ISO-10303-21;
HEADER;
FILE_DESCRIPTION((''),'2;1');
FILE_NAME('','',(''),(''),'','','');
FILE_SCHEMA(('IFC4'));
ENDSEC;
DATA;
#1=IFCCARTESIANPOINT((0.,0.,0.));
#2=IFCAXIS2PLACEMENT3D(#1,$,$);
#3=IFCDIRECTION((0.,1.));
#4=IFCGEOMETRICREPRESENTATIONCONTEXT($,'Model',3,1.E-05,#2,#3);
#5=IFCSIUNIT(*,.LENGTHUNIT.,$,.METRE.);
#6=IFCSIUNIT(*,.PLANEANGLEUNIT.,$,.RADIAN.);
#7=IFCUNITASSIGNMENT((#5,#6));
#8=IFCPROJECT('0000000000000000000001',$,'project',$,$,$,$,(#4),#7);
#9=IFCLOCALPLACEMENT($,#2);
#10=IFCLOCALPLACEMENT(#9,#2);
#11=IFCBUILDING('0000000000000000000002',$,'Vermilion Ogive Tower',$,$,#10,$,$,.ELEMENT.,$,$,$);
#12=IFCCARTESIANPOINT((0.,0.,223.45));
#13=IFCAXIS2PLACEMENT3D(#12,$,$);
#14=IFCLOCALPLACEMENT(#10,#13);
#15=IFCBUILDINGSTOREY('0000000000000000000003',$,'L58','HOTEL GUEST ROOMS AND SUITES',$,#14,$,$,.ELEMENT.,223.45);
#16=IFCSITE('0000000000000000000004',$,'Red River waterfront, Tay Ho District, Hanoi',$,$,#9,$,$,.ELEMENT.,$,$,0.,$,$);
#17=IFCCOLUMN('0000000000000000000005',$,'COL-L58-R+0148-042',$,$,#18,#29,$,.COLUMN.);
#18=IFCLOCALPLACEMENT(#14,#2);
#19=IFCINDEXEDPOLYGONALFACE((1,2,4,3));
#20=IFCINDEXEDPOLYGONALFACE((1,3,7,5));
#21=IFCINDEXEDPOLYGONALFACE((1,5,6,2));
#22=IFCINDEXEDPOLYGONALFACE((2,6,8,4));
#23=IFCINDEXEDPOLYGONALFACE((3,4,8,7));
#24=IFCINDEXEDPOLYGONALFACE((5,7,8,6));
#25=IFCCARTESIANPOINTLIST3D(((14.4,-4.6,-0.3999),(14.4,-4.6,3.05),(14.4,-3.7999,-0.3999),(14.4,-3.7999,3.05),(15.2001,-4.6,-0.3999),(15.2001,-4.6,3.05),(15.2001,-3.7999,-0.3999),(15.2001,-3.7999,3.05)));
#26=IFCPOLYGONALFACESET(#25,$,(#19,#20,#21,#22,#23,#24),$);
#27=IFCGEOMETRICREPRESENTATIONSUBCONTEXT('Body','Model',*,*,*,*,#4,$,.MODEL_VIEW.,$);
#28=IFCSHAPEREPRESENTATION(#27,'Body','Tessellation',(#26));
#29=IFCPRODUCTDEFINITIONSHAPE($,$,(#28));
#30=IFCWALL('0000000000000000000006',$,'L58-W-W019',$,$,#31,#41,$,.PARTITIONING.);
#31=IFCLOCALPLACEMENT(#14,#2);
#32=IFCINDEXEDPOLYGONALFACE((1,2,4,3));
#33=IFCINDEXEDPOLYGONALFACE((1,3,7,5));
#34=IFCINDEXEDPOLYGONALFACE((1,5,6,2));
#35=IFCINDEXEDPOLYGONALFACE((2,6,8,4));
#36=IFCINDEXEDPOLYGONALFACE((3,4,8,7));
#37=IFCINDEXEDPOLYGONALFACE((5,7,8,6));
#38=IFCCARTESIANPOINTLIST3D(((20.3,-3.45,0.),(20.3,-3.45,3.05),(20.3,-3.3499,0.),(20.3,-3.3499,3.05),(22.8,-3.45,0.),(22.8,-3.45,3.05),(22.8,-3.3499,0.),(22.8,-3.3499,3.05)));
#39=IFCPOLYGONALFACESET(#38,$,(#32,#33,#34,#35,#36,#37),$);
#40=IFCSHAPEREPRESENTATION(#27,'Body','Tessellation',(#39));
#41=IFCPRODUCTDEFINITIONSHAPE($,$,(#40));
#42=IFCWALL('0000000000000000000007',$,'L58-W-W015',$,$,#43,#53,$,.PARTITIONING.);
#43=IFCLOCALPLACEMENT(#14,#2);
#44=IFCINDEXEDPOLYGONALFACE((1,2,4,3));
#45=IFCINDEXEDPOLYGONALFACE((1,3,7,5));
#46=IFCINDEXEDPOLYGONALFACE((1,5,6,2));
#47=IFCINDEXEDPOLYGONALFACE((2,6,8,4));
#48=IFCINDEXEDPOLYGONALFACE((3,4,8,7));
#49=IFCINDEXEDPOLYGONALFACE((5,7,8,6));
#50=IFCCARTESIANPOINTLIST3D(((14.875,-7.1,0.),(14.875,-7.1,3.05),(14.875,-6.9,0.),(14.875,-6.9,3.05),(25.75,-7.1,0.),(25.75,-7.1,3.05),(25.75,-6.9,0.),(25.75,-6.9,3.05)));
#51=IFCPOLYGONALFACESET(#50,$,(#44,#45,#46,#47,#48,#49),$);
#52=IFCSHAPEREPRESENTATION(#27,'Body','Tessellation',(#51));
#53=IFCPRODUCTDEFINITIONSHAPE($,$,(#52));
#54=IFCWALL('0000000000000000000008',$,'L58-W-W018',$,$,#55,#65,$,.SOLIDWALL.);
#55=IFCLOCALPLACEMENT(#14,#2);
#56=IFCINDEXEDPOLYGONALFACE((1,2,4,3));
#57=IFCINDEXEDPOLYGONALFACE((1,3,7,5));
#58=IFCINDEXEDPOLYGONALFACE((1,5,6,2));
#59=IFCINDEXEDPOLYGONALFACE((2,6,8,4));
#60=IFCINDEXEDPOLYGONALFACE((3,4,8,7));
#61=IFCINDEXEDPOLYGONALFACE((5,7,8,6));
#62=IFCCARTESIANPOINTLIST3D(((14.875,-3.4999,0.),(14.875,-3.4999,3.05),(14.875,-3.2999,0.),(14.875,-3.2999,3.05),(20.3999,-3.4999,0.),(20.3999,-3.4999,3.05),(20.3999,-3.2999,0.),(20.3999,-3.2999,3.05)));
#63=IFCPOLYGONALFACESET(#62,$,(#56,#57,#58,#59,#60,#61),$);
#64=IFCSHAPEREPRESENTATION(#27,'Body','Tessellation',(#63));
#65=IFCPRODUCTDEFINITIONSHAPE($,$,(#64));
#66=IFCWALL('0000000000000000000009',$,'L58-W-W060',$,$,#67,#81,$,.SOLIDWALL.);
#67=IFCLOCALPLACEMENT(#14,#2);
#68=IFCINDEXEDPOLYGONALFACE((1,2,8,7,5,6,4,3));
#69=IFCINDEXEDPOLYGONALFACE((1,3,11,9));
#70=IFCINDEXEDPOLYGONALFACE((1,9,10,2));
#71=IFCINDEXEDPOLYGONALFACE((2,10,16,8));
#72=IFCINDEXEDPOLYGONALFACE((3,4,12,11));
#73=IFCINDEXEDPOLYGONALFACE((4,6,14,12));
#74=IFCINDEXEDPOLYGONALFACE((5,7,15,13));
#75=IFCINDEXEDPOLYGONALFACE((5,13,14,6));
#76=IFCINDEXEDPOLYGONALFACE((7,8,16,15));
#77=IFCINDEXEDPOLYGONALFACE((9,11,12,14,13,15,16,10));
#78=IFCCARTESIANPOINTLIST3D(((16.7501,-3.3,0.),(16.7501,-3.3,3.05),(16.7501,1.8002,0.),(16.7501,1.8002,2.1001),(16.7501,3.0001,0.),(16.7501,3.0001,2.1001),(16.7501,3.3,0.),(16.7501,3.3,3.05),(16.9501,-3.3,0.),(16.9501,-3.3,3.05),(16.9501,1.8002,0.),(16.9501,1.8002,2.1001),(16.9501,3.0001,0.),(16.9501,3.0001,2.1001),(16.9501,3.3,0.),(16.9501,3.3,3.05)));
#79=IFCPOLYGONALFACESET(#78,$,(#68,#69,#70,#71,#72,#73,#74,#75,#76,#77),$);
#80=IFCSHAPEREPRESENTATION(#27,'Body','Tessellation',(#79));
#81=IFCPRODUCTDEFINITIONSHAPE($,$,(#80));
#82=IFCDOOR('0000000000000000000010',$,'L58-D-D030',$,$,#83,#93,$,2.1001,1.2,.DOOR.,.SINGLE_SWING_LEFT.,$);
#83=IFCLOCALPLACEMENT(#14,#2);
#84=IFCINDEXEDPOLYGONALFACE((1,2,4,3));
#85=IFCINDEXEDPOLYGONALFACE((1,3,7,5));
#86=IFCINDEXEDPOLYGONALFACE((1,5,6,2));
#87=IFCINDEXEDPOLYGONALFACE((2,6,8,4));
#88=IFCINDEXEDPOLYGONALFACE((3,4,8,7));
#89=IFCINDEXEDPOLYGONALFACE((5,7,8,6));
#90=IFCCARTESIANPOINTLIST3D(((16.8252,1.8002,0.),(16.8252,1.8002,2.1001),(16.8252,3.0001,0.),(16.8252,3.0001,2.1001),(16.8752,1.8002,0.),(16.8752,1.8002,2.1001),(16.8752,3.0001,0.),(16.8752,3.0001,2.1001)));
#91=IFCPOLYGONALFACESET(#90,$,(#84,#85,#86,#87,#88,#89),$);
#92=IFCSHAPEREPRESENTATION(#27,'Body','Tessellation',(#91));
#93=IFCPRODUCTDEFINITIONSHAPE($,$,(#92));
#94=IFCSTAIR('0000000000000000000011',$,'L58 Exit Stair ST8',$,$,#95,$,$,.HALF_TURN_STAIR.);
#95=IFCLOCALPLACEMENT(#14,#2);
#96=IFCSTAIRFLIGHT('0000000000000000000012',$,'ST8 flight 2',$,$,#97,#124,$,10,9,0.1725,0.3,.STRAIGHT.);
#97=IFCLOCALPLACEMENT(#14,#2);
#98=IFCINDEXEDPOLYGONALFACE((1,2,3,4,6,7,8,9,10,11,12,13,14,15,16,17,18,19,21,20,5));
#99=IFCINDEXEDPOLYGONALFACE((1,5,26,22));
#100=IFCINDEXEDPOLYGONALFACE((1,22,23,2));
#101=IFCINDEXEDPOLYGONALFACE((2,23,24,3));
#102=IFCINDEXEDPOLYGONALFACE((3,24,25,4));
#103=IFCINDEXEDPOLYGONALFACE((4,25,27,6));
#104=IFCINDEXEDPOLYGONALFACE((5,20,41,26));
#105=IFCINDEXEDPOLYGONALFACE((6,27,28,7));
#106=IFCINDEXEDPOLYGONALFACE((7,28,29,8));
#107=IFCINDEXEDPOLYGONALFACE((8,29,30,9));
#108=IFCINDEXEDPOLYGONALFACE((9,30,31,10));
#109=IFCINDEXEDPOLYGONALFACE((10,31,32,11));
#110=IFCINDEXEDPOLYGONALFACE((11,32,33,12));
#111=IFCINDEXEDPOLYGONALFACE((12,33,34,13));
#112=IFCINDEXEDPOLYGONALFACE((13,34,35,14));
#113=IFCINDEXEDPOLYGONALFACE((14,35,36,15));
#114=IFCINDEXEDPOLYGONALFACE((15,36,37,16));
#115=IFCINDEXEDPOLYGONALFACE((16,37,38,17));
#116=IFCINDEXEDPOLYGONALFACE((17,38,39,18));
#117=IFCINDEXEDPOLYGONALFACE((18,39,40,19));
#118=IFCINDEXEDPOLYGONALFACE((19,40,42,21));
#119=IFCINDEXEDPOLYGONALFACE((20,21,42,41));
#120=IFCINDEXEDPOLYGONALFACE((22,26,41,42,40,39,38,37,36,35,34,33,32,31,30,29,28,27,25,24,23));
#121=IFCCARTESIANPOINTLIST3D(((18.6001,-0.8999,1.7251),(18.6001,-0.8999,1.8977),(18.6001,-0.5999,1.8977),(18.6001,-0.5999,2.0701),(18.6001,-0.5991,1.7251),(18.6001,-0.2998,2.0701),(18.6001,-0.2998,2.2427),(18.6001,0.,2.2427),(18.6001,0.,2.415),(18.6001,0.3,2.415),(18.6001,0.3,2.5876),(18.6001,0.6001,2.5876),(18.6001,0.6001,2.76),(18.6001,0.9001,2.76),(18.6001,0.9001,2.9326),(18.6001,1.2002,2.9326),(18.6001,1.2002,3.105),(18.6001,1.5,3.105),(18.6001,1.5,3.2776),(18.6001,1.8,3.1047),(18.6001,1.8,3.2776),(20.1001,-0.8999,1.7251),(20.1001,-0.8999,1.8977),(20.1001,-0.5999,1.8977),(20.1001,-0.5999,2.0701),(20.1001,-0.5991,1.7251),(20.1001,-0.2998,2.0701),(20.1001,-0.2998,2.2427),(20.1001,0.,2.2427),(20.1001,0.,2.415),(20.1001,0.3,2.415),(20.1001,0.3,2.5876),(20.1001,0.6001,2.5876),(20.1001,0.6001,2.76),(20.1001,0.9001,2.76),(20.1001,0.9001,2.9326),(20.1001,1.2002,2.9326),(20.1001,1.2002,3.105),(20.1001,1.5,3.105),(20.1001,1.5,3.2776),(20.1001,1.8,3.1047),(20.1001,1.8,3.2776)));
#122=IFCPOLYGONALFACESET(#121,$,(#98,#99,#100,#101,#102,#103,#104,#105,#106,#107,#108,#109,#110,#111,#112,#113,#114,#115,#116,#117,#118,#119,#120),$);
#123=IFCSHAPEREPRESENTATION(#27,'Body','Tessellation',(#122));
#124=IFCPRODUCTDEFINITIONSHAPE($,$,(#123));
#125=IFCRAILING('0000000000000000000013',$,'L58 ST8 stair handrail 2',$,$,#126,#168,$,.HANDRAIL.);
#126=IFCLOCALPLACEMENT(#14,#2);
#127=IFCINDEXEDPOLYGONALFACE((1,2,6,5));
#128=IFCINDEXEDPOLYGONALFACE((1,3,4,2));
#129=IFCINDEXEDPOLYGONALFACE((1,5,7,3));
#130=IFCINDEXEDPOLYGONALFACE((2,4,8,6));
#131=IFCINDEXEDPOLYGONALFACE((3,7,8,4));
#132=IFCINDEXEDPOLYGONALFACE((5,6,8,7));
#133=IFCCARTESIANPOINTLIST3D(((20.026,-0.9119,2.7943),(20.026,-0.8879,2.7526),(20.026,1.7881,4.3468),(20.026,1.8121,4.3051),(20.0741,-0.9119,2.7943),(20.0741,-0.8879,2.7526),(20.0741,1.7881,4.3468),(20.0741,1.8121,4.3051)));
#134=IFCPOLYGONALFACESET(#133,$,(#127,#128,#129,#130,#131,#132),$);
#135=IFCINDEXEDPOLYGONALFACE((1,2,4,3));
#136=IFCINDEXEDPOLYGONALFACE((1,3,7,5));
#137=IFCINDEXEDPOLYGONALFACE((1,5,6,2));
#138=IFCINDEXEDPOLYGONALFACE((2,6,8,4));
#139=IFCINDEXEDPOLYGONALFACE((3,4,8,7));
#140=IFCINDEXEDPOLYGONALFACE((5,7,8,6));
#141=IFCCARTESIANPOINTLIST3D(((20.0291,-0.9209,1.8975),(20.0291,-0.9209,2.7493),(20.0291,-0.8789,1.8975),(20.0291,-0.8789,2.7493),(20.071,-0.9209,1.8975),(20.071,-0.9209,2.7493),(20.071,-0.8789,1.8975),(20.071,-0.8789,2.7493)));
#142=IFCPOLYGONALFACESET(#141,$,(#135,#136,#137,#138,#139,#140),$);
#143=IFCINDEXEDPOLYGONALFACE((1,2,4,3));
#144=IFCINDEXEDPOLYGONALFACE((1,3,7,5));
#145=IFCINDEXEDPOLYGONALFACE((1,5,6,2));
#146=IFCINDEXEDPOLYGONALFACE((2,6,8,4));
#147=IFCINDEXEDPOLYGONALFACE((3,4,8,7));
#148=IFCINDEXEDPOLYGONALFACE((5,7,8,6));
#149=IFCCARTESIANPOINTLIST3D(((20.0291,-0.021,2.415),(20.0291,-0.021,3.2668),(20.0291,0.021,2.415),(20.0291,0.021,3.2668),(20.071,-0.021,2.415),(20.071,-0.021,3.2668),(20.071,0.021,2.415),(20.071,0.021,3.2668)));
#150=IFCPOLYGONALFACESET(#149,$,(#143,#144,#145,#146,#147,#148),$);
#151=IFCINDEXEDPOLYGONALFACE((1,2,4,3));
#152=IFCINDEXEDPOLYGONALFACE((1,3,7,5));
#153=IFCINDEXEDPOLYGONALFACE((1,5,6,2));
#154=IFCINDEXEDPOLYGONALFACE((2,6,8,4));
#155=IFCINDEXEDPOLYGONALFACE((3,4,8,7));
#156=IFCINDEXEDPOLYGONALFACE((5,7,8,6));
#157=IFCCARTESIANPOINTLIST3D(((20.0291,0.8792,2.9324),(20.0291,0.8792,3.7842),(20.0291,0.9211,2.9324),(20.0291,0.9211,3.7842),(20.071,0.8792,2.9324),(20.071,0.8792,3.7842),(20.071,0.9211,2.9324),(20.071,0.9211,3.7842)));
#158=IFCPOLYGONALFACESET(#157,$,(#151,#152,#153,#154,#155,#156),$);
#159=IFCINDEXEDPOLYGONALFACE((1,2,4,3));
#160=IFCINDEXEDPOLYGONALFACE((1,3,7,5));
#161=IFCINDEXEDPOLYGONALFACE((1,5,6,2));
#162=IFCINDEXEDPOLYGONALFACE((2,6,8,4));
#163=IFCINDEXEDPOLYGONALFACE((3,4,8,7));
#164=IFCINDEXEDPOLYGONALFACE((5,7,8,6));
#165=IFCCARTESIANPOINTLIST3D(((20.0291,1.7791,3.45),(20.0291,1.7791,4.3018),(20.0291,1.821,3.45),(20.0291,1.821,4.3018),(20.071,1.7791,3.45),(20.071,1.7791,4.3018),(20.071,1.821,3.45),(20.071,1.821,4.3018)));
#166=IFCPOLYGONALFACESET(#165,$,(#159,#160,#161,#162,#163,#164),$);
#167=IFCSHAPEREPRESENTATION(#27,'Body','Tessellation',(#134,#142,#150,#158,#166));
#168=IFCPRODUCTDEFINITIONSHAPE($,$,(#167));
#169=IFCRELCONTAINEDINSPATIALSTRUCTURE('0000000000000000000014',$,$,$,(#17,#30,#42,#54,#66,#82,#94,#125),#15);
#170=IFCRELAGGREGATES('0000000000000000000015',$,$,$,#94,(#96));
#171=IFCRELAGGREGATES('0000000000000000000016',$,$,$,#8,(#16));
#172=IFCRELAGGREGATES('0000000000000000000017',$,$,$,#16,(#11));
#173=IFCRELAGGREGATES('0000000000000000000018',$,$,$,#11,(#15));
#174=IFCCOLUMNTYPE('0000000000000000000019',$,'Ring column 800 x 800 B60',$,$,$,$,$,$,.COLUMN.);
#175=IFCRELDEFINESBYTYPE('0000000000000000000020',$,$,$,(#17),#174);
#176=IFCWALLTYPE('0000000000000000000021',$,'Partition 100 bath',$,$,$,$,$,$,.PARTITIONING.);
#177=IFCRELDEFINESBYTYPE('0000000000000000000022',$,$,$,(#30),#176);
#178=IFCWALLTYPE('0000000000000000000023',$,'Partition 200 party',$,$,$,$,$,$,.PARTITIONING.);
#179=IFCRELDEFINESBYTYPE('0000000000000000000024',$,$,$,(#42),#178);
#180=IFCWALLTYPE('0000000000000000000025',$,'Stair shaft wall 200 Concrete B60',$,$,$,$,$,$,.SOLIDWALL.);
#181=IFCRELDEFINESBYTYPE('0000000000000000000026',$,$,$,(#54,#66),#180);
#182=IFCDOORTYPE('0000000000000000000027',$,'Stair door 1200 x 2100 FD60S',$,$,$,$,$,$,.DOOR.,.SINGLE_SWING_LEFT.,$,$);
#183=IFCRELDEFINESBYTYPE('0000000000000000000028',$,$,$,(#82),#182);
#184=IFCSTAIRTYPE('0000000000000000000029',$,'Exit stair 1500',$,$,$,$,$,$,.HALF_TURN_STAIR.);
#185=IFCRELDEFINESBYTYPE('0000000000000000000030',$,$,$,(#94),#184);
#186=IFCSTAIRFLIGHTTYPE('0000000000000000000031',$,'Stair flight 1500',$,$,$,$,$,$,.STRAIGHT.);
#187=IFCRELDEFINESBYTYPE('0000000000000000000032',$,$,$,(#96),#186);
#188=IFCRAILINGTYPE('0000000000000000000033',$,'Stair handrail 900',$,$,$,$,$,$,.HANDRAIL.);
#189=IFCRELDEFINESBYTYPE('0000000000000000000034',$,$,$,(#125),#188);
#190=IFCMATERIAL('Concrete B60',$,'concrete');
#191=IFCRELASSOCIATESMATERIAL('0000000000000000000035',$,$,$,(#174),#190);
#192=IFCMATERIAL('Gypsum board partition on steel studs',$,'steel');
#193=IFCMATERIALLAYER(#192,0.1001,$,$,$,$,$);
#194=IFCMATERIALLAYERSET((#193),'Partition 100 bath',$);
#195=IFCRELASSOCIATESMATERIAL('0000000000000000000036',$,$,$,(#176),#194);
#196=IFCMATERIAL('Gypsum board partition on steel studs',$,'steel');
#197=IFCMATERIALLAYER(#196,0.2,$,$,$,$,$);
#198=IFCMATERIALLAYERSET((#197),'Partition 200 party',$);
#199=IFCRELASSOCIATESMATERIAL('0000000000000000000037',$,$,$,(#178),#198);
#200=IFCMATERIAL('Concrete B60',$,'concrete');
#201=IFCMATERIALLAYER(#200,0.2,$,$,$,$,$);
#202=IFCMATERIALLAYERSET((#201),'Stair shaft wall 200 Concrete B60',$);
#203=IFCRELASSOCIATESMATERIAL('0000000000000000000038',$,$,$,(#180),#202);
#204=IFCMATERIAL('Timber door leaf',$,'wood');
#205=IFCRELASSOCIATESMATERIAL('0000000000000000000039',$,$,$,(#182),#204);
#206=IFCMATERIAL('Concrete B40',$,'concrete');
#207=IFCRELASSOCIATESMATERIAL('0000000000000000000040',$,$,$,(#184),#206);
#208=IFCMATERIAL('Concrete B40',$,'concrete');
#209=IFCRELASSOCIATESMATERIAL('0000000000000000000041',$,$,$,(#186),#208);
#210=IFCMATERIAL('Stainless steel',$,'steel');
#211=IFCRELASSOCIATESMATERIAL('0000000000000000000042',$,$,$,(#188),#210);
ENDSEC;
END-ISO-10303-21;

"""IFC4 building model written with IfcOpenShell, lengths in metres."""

from ifc_helpers import new_model, si_unit, direction, frame, frame_2d, origin, origin_2d, place, context, subcontext, project, spatial, polyline, rectangle, outline, extrude, material, layer, layer_set, material_profile, profile_set, type_object, element, fill, aggregate, save


model = new_model("IFC4")

# Units and contexts
model_context = context("Model", 3, precision=1e-05, world=origin(), true_north=direction((0.0, 1.0)))
body_context = subcontext(model_context, "Body", "Model", "MODEL_VIEW")
ifc_project = project(units=[si_unit("LENGTHUNIT", "METRE"), si_unit("PLANEANGLEUNIT", "RADIAN")], contexts=[model_context])

# Site, building, storey
site_placement = place(None, origin())
site = spatial("IfcSite", under=ifc_project, at=site_placement, Name="Red River waterfront, Tay Ho District, Hanoi", CompositionType="ELEMENT", RefElevation=0.0)
building_placement = place(site_placement, origin())
building = spatial("IfcBuilding", under=site, at=building_placement, Name="Vermilion Ogive Tower", CompositionType="ELEMENT")
storey_placement = place(building_placement, frame((0.0, 0.0, 223.45)))
storey = spatial("IfcBuildingStorey", under=building, at=storey_placement, Name="L58", Description="HOTEL GUEST ROOMS AND SUITES", CompositionType="ELEMENT", Elevation=223.45)

# Column
ifc_material_1 = material(Name="Concrete B60", Category="concrete")
ifc_material_profile = material_profile(ifc_material_1, rectangle(XDim=0.8, YDim=0.8, at=origin_2d()), Name="800 x 800")
ifc_profile_set = profile_set([ifc_material_profile], Name="Concrete B60")
column_type = type_object("IfcColumnType", Name="Ring column 800 x 800 B60", PredefinedType="COLUMN", material=ifc_profile_set)
column_placement = place(storey_placement, frame((14.8, -4.2, -0.3999), z_axis=(0.0, 0.0, 1.0), x_axis=(1.0, 0.0, 0.0)))
element("IfcColumn", 1, at=column_placement, inside=storey, type_object=column_type, Name="COL-L58-R+0148-042", PredefinedType="COLUMN", context=body_context, shape_type="SweptSolid", body=[
    extrude(rectangle(XDim=0.8, YDim=0.8, at=origin_2d()), origin(), (0.0, 0.0, 1.0), 3.45),
])

# Walls
ifc_material_2 = material(Name="Gypsum board partition on steel studs", Category="steel")
ifc_layer_1 = layer(ifc_material_2, 0.1001)
ifc_layer_set_1 = layer_set([ifc_layer_1], Name="Partition 100 bath")
wall_type_1 = type_object("IfcWallType", Name="Partition 100 bath", PredefinedType="PARTITIONING", material=ifc_layer_set_1)
wall_1_placement = place(storey_placement, frame((20.3, -3.3999, 0.0), z_axis=(0.0, 0.0, 1.0), x_axis=(1.0, 0.0, 0.0)))
element("IfcWall", 2, at=wall_1_placement, inside=storey, type_object=wall_type_1, Name="L58-W-W019", PredefinedType="PARTITIONING", context=body_context, shape_type="SweptSolid", body=[
    extrude(rectangle(XDim=2.5, YDim=0.1001, at=frame_2d((1.25, 0.0))), origin(), (0.0, 0.0, 1.0), 3.05),
])
ifc_material_3 = material(Name="Gypsum board partition on steel studs", Category="steel")
ifc_layer_2 = layer(ifc_material_3, 0.2)
ifc_layer_set_2 = layer_set([ifc_layer_2], Name="Partition 200 party")
wall_type_2 = type_object("IfcWallType", Name="Partition 200 party", PredefinedType="PARTITIONING", material=ifc_layer_set_2)
wall_2_placement = place(storey_placement, frame((14.875, -7.0, 0.0), z_axis=(0.0, 0.0, 1.0), x_axis=(1.0, 0.0, 0.0)))
element("IfcWall", 3, at=wall_2_placement, inside=storey, type_object=wall_type_2, Name="L58-W-W015", PredefinedType="PARTITIONING", context=body_context, shape_type="SweptSolid", body=[
    extrude(rectangle(XDim=10.875, YDim=0.2, at=frame_2d((5.4375, 0.0))), origin(), (0.0, 0.0, 1.0), 3.05),
])
ifc_material_4 = material(Name="Concrete B60", Category="concrete")
ifc_layer_3 = layer(ifc_material_4, 0.2)
ifc_layer_set_3 = layer_set([ifc_layer_3], Name="Stair shaft wall 200 Concrete B60")
wall_type_3 = type_object("IfcWallType", Name="Stair shaft wall 200 Concrete B60", PredefinedType="SOLIDWALL", material=ifc_layer_set_3)
wall_3_placement = place(storey_placement, frame((14.875, -3.3999, 0.0), z_axis=(0.0, 0.0, 1.0), x_axis=(1.0, 0.0, 0.0)))
element("IfcWall", 4, at=wall_3_placement, inside=storey, type_object=wall_type_3, Name="L58-W-W018", PredefinedType="SOLIDWALL", context=body_context, shape_type="SweptSolid", body=[
    extrude(rectangle(XDim=5.5249, YDim=0.2, at=frame_2d((2.7625, 0.0))), origin(), (0.0, 0.0, 1.0), 3.05),
])

# Wall, opening, door
wall_4_placement = place(storey_placement, frame((16.8501, -3.3, 0.0), z_axis=(0.0, 0.0, 1.0), x_axis=(0.0, 1.0, 0.0)))
wall_4 = element("IfcWall", 5, at=wall_4_placement, inside=storey, type_object=wall_type_3, Name="L58-W-W060", PredefinedType="SOLIDWALL", context=body_context, shape_type="SweptSolid", body=[
    extrude(rectangle(XDim=6.6001, YDim=0.2, at=frame_2d((3.3, 0.0))), origin(), (0.0, 0.0, 1.0), 3.05),
])
opening_placement = place(wall_4_placement, frame((5.1001, 0.0, 0.0)))
opening = element("IfcOpeningElement", 6, at=opening_placement, cuts=wall_4, PredefinedType="OPENING", context=body_context, shape_type="SweptSolid", body=[
    extrude(rectangle(XDim=1.2, YDim=2.1001, at=frame_2d((0.6001, 1.05))), frame((0.0, 0.1099, 0.0), z_axis=(0.0, -1.0, 0.0), x_axis=(1.0, 0.0, 0.0)), (0.0, 0.0, 1.0), 0.22),
])
ifc_material_5 = material(Name="Timber door leaf", Category="wood")
door_type = type_object("IfcDoorType", Name="Stair door 1200 x 2100 FD60S", OperationType="SINGLE_SWING_LEFT", PredefinedType="DOOR", material=ifc_material_5)
door_placement = place(opening_placement, origin())
door = element("IfcDoor", 7, at=door_placement, inside=storey, type_object=door_type, Name="L58-D-D030", OperationType="SINGLE_SWING_LEFT", OverallHeight=2.1001, OverallWidth=1.2, PredefinedType="DOOR", context=body_context, shape_type="SweptSolid", body=[
    extrude(rectangle(XDim=1.2, YDim=2.1001, at=frame_2d((0.6001, 1.05))), frame((0.0, 0.0249, 0.0), z_axis=(0.0, -1.0, 0.0), x_axis=(1.0, 0.0, 0.0)), (0.0, 0.0, 1.0), 0.05),
])
fill(opening, door)

# Stair, stair flight
ifc_material_6 = material(Name="Concrete B40", Category="concrete")
stair_type = type_object("IfcStairType", Name="Exit stair 1500", PredefinedType="HALF_TURN_STAIR", material=ifc_material_6)
stair_placement = place(storey_placement, origin())
stair = element("IfcStair", 8, at=stair_placement, inside=storey, type_object=stair_type, Name="L58 Exit Stair ST8", PredefinedType="HALF_TURN_STAIR")
ifc_material_7 = material(Name="Concrete B40", Category="concrete")
stair_flight_type = type_object("IfcStairFlightType", Name="Stair flight 1500", PredefinedType="STRAIGHT", material=ifc_material_7)
stair_flight_placement = place(storey_placement, frame((19.3501, -0.8999, 1.7251), z_axis=(0.0, 0.0, 1.0), x_axis=(0.0, 1.0, 0.0)))
stair_flight = element("IfcStairFlight", 9, at=stair_flight_placement, type_object=stair_flight_type, Name="ST8 flight 2", NumberOfRisers=10, NumberOfTreads=9, PredefinedType="STRAIGHT", RiserHeight=0.1725, TreadLength=0.3, context=body_context, shape_type="SweptSolid", body=[
    extrude(outline(polyline([(0.0, 0.0), (0.0, 0.1726), (0.3, 0.1726), (0.3, 0.345), (0.6001, 0.345), (0.6001, 0.5176), (0.8999, 0.5176), (0.8999, 0.6899), (1.2, 0.6899), (1.2, 0.8625), (1.5, 0.8625), (1.5, 1.0349), (1.8, 1.0349), (1.8, 1.2075), (2.1001, 1.2075), (2.1001, 1.3799), (2.3999, 1.3799), (2.3999, 1.5525), (2.7, 1.5525), (2.7, 1.7251), (2.7, 1.3796), (0.3008, 0.0), (0.0, 0.0)])), frame((0.0, 0.75, 0.0), z_axis=(0.0, -1.0, 0.0), x_axis=(1.0, 0.0, 0.0)), (0.0, 0.0, 1.0), 1.5),
])
aggregate(stair, [stair_flight])

# Railing
ifc_material_8 = material(Name="Stainless steel", Category="steel")
railing_type = type_object("IfcRailingType", Name="Stair handrail 900", PredefinedType="HANDRAIL", material=ifc_material_8)
railing_placement = place(storey_placement, frame((20.05, -0.8999, 1.8975)))
element("IfcRailing", 10, at=railing_placement, inside=storey, type_object=railing_type, Name="L58 ST8 stair handrail 2", PredefinedType="HANDRAIL", context=body_context, shape_type="SweptSolid", body=[
    extrude(rectangle(XDim=0.0481, YDim=0.0481, at=origin_2d()), frame((0.0, 0.0, 0.876), z_axis=(0.0, 0.866904, 0.498476), x_axis=(-1.0, 0.0, 0.0)), (0.0, 0.0, 1.0), 3.1145),
    extrude(rectangle(XDim=0.042, YDim=0.042, at=origin_2d()), origin(), (0.0, 0.0, 1.0), 0.8518),
    extrude(rectangle(XDim=0.042, YDim=0.042, at=origin_2d()), frame((0.0, 0.8999, 0.5176)), (0.0, 0.0, 1.0), 0.8518),
    extrude(rectangle(XDim=0.042, YDim=0.042, at=origin_2d()), frame((0.0, 1.8, 1.0349)), (0.0, 0.0, 1.0), 0.8518),
    extrude(rectangle(XDim=0.042, YDim=0.042, at=origin_2d()), frame((0.0, 2.7, 1.5525)), (0.0, 0.0, 1.0), 0.8518),
])

save(model, "model.ifc")
